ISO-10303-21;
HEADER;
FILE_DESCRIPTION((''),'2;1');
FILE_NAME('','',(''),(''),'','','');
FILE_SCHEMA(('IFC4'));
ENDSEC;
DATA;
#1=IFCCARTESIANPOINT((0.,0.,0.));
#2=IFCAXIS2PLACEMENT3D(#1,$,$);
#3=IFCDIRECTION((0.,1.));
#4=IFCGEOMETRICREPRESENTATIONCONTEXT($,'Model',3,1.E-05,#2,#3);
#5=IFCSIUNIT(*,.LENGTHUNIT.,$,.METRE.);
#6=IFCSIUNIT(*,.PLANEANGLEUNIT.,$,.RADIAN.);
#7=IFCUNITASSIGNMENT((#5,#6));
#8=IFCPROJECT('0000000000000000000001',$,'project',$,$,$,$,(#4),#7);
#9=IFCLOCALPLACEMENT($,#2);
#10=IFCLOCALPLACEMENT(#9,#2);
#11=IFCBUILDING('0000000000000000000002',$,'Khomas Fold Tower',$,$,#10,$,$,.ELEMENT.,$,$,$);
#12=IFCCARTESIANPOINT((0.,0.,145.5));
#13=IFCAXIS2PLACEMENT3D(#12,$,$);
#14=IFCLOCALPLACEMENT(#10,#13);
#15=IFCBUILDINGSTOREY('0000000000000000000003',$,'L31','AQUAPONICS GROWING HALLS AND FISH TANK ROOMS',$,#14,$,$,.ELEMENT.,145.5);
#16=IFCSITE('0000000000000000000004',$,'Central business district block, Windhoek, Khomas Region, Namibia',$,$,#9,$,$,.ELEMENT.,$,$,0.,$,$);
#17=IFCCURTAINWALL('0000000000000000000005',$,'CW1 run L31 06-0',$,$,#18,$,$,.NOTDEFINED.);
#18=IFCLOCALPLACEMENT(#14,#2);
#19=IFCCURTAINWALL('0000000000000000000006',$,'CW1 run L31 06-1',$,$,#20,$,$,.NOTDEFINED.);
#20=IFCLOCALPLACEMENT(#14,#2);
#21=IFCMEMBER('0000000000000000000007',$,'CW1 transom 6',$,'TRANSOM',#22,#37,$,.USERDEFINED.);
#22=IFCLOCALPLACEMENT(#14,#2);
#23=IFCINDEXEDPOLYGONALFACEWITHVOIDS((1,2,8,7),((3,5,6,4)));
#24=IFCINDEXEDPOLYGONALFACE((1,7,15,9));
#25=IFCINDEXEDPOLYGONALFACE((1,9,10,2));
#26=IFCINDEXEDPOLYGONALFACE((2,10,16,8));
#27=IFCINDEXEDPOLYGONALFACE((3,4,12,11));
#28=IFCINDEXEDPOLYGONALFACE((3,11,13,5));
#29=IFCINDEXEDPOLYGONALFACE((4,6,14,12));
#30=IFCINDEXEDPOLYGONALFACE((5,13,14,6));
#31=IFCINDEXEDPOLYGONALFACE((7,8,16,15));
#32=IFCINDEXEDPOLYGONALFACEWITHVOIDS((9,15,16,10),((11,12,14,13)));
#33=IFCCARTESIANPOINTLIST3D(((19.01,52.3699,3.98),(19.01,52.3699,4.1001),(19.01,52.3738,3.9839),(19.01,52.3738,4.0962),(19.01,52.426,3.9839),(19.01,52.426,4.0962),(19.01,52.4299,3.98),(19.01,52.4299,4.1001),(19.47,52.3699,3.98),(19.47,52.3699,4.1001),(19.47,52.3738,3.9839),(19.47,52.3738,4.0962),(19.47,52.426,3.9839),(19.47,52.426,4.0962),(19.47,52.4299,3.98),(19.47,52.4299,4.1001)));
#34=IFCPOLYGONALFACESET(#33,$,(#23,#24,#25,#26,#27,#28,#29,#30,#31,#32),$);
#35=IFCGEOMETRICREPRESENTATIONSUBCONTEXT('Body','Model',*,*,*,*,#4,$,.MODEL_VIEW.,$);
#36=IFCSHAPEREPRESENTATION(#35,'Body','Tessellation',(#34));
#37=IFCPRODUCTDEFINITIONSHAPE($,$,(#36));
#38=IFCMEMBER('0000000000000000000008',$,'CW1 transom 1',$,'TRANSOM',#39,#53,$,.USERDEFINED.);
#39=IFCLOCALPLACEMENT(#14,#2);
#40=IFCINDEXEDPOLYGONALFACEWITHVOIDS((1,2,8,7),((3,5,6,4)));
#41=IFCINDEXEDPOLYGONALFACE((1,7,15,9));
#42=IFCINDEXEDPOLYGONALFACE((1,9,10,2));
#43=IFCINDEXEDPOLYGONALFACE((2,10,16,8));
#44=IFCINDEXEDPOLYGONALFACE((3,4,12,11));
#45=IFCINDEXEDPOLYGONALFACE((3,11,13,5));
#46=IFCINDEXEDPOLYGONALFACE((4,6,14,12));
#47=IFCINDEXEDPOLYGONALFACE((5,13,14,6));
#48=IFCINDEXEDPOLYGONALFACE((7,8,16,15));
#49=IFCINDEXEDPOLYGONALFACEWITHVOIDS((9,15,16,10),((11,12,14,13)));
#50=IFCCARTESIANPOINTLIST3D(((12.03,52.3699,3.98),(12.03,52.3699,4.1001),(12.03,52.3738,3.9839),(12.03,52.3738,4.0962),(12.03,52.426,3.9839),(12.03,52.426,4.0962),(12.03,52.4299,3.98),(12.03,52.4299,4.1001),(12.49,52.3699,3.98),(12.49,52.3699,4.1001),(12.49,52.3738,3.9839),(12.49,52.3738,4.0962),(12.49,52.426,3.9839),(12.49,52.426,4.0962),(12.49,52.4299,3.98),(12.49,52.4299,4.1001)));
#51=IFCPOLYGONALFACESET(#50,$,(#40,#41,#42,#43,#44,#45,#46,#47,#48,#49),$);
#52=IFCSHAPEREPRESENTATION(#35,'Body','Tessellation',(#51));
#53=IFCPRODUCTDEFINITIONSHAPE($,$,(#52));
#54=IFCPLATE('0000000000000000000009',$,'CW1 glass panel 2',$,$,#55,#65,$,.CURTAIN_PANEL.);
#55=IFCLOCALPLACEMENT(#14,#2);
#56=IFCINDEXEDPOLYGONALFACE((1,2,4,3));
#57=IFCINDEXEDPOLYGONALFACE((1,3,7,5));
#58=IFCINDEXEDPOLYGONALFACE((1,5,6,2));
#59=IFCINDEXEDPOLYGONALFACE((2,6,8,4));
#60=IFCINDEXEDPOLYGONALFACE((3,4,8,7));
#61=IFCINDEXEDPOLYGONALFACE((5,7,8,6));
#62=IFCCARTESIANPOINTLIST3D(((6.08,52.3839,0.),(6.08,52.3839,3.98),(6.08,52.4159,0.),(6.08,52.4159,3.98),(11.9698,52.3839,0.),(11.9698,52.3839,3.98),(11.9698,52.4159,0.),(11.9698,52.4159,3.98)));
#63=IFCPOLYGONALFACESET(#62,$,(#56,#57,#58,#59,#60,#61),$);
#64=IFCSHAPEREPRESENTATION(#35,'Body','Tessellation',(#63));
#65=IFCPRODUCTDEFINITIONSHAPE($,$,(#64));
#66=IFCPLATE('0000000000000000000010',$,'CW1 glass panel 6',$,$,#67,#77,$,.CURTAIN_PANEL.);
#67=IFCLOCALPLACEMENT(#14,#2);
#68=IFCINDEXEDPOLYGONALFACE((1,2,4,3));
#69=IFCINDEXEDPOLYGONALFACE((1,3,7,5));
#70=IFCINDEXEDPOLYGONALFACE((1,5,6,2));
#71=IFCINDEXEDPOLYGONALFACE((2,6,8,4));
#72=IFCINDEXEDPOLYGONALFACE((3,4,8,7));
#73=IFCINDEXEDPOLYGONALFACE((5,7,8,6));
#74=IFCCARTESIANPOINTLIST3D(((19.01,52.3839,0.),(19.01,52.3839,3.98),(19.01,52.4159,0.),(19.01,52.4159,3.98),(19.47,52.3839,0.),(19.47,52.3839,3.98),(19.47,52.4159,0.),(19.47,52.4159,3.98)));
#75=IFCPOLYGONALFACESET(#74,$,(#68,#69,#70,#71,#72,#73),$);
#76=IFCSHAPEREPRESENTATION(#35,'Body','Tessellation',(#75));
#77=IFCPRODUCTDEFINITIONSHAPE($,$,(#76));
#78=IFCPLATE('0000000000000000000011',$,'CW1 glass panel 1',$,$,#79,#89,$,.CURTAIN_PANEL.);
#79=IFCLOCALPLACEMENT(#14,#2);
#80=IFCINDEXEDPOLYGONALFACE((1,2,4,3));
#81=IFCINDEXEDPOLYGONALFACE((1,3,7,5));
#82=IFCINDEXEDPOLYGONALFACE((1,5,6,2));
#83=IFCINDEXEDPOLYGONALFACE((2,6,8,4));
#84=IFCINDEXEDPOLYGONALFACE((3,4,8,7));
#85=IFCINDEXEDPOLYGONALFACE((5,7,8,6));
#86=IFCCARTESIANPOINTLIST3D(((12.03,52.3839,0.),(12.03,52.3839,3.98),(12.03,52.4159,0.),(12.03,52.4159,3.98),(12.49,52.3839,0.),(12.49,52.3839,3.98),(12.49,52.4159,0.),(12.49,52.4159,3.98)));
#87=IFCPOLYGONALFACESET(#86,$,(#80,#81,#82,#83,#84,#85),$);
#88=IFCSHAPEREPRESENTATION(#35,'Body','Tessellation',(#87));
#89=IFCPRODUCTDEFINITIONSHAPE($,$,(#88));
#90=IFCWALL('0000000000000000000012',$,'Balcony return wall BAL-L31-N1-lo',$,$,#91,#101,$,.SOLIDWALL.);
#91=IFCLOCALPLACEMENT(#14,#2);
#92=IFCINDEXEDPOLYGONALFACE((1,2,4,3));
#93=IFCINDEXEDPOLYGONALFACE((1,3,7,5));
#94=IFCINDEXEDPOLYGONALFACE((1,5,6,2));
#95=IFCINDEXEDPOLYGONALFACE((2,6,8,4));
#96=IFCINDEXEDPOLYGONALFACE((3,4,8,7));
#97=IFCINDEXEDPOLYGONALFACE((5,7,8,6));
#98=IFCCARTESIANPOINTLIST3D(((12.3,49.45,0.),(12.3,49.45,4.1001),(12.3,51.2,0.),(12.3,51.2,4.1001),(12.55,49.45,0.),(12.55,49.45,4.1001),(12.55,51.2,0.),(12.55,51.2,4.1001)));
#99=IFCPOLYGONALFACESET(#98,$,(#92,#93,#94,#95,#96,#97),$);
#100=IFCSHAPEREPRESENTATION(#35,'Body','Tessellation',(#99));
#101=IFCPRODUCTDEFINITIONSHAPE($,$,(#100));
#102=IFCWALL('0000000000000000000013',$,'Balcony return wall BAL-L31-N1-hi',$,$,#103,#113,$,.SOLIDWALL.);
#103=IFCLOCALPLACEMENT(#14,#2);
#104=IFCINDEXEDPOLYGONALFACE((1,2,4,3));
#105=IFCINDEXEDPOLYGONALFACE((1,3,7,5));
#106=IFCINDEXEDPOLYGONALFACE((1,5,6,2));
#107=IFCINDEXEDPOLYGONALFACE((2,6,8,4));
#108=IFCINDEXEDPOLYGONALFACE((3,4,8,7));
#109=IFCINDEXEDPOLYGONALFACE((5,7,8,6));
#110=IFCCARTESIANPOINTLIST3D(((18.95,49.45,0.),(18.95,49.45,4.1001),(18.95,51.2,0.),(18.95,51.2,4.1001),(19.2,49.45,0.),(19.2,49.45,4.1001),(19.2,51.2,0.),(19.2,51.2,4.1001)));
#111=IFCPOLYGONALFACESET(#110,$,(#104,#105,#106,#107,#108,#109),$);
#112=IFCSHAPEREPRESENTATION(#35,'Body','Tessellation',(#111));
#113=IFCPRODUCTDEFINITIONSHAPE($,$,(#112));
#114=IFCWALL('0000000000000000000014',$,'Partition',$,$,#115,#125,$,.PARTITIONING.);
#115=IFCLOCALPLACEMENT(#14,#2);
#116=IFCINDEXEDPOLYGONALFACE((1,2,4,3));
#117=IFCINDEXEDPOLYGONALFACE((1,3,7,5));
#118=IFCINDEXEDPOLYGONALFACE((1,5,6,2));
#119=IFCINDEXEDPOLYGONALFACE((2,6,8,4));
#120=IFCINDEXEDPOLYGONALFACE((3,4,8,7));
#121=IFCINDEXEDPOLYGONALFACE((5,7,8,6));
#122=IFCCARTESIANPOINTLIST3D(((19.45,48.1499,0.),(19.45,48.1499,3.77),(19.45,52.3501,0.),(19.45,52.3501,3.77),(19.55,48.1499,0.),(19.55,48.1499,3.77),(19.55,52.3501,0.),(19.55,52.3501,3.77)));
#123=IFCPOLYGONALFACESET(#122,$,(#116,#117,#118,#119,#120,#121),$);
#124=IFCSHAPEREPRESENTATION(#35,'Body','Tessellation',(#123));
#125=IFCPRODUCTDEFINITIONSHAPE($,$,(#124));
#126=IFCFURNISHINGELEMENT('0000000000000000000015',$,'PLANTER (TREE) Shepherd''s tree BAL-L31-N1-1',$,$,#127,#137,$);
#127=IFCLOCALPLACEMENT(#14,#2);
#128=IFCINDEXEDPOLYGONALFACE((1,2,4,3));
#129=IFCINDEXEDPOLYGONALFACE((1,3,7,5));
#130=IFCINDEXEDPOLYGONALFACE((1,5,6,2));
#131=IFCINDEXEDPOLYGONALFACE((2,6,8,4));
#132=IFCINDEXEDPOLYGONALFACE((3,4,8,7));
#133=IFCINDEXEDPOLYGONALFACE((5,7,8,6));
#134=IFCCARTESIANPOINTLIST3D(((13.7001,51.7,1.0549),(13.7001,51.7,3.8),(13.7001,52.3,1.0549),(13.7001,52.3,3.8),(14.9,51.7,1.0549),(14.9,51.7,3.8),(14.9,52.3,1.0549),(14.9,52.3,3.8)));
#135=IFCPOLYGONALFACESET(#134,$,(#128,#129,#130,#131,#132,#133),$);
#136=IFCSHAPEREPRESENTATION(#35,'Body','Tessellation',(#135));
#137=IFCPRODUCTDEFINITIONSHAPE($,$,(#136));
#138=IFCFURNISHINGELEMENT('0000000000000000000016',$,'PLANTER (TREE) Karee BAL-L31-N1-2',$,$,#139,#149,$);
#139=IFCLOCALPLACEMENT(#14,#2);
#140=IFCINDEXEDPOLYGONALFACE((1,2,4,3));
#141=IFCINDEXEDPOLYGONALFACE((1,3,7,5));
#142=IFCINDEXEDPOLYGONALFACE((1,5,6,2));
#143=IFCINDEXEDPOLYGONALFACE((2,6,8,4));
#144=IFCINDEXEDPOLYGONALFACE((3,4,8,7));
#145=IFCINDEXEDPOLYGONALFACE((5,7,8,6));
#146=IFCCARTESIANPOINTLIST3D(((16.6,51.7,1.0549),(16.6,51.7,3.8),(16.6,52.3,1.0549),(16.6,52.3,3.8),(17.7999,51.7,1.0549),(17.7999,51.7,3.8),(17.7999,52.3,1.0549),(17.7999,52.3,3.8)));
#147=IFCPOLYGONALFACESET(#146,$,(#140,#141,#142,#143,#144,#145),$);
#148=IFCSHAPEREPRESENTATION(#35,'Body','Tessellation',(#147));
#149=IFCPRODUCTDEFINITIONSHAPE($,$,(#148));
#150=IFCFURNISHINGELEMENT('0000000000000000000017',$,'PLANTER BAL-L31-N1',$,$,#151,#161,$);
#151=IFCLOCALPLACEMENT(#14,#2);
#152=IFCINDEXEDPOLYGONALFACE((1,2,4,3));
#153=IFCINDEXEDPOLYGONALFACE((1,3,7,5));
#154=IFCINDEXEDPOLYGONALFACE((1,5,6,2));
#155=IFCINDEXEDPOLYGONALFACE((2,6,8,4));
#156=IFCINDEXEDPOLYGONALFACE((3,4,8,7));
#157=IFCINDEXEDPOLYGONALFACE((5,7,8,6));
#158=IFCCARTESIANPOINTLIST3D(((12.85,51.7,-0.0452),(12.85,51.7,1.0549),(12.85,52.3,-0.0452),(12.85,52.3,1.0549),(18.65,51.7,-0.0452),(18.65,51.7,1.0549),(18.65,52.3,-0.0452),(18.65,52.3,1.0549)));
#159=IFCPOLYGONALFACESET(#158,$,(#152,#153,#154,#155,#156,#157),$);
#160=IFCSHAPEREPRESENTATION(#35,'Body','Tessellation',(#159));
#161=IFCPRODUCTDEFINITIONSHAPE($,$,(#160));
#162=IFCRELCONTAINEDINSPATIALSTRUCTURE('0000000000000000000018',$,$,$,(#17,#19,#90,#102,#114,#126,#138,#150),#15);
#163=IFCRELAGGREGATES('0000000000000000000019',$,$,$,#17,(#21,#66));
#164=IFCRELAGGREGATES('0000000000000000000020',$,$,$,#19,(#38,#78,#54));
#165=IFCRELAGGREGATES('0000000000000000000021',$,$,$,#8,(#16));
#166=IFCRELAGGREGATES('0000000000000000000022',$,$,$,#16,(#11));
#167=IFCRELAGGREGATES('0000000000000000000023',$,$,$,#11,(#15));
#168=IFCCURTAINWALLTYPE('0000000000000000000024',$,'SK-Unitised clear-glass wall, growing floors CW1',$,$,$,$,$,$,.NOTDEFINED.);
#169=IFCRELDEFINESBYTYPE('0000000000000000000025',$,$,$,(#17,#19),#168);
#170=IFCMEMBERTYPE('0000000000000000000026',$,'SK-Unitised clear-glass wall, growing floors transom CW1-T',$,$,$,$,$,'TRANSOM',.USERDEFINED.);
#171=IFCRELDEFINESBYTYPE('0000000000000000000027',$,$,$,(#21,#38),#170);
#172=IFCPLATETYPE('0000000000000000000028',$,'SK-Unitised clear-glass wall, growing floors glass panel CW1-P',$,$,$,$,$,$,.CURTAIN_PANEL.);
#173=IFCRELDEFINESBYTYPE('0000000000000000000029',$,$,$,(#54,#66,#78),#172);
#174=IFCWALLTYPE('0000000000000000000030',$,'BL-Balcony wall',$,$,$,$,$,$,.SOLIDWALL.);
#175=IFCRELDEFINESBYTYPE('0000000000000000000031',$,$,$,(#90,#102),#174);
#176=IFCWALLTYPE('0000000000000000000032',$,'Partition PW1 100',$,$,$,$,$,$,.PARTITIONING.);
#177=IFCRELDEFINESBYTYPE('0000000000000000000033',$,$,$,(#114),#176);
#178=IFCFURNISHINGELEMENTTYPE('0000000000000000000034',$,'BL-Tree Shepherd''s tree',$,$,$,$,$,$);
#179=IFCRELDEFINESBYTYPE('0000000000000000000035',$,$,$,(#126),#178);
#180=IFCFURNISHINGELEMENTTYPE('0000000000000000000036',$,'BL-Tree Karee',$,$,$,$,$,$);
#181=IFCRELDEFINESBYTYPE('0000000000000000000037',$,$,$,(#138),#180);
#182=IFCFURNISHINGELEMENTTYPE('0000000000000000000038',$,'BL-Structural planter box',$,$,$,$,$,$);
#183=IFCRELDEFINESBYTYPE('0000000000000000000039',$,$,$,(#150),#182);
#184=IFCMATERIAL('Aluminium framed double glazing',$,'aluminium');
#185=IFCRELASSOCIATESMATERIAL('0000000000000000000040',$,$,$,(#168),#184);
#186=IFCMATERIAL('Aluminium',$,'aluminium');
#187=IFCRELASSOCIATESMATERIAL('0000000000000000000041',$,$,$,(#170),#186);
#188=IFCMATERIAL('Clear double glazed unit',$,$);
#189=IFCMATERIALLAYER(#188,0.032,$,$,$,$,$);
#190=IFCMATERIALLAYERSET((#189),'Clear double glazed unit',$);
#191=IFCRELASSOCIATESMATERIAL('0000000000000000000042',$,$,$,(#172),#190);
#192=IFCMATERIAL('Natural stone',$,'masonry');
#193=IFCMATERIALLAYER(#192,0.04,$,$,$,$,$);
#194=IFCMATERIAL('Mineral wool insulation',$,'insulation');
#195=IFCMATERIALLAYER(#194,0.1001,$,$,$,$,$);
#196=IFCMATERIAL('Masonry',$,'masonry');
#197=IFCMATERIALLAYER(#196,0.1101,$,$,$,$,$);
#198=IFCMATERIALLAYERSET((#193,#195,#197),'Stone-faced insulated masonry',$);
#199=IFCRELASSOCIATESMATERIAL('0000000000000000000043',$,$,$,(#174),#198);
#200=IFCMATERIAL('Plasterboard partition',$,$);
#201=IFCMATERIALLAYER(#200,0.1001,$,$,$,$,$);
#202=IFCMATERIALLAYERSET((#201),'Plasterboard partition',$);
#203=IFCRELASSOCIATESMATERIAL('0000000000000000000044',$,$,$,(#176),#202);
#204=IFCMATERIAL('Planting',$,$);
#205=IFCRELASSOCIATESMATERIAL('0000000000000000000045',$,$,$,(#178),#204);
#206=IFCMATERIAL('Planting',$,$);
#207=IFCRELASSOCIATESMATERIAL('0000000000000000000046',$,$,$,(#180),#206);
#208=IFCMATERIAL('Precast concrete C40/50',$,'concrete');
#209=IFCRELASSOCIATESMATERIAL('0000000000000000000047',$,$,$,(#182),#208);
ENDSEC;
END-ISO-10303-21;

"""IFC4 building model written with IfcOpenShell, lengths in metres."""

from ifc_helpers import new_model, si_unit, direction, frame, frame_2d, origin, origin_2d, place, context, subcontext, project, spatial, rectangle, hollow_rectangle, extrude, source, transform, mapped, material, layer, layer_set, material_profile, profile_set, type_object, element, aggregate, save


model = new_model("IFC4")

# Units and contexts
model_context = context("Model", 3, precision=1e-05, world=origin(), true_north=direction((0.0, 1.0)))
body_context = subcontext(model_context, "Body", "Model", "MODEL_VIEW")
ifc_project = project(units=[si_unit("LENGTHUNIT", "METRE"), si_unit("PLANEANGLEUNIT", "RADIAN")], contexts=[model_context])

# Site, building, storey
site_placement = place(None, origin())
site = spatial("IfcSite", under=ifc_project, at=site_placement, Name="Central business district block, Windhoek, Khomas Region, Namibia", CompositionType="ELEMENT", RefElevation=0.0)
building_placement = place(site_placement, origin())
building = spatial("IfcBuilding", under=site, at=building_placement, Name="Khomas Fold Tower", CompositionType="ELEMENT")
storey_placement = place(building_placement, frame((0.0, 0.0, 145.5)))
storey = spatial("IfcBuildingStorey", under=building, at=storey_placement, Name="L31", Description="AQUAPONICS GROWING HALLS AND FISH TANK ROOMS", CompositionType="ELEMENT", Elevation=145.5)

# Curtain walls
ifc_material_1 = material(Name="Aluminium framed double glazing", Category="aluminium")
curtain_wall_type = type_object("IfcCurtainWallType", Name="SK-Unitised clear-glass wall, growing floors CW1", PredefinedType="NOTDEFINED", material=ifc_material_1)
curtain_wall_1_placement = place(storey_placement, origin())
curtain_wall_1 = element("IfcCurtainWall", 1, at=curtain_wall_1_placement, inside=storey, type_object=curtain_wall_type, Name="CW1 run L31 06-0", PredefinedType="NOTDEFINED")
curtain_wall_2_placement = place(storey_placement, origin())
curtain_wall_2 = element("IfcCurtainWall", 2, at=curtain_wall_2_placement, inside=storey, type_object=curtain_wall_type, Name="CW1 run L31 06-1", PredefinedType="NOTDEFINED")
ifc_material_2 = material(Name="Aluminium", Category="aluminium")
ifc_material_profile_1 = material_profile(ifc_material_2, hollow_rectangle(XDim=0.0601, YDim=0.1201, WallThickness=0.0039, at=origin_2d()), Name="SK-Unitised clear-glass wall, growing floors transom CW1-T")
ifc_profile_set_1 = profile_set([ifc_material_profile_1], Name="Aluminium")
member_type_1 = type_object("IfcMemberType", Name="SK-Unitised clear-glass wall, growing floors transom CW1-T", ElementType="TRANSOM", PredefinedType="USERDEFINED", material=ifc_profile_set_1)

# Members
shared_shape_1 = source(origin(), body_context, "Body", "SweptSolid", [
    extrude(hollow_rectangle(XDim=0.0601, YDim=0.1201, WallThickness=0.0039, at=origin_2d()), origin(), (0.0, 0.0, 1.0), 0.46),
])
member_1_placement = place(storey_placement, frame((19.47, 52.3999, 4.04), z_axis=(-1.0, 0.0, 0.0), x_axis=(0.0, -1.0, 0.0)))
member_1 = element("IfcMember", 3, at=member_1_placement, type_object=member_type_1, Name="CW1 transom 6", ObjectType="TRANSOM", PredefinedType="USERDEFINED", context=body_context, shape_type="MappedRepresentation", body=[
    mapped(shared_shape_1, transform((0.0, 0.0, 0.0))),
])
member_2_placement = place(storey_placement, frame((12.49, 52.3999, 4.04), z_axis=(-1.0, 0.0, 0.0), x_axis=(0.0, -1.0, 0.0)))
member_2 = element("IfcMember", 4, at=member_2_placement, type_object=member_type_1, Name="CW1 transom 1", ObjectType="TRANSOM", PredefinedType="USERDEFINED", context=body_context, shape_type="MappedRepresentation", body=[
    mapped(shared_shape_1, transform((0.0, 0.0, 0.0))),
])

# Plates
ifc_material_3 = material(Name="Clear double glazed unit")
ifc_layer_1 = layer(ifc_material_3, 0.032)
ifc_layer_set_1 = layer_set([ifc_layer_1], Name="Clear double glazed unit")
plate_type = type_object("IfcPlateType", Name="SK-Unitised clear-glass wall, growing floors glass panel CW1-P", PredefinedType="CURTAIN_PANEL", material=ifc_layer_set_1)
shared_shape_2 = source(origin(), body_context, "Body", "SweptSolid", [
    extrude(rectangle(XDim=5.8899, YDim=0.032, at=origin_2d()), origin(), (0.0, 0.0, 1.0), 3.98),
])
plate_1_placement = place(storey_placement, frame((9.0249, 52.3999, 0.0), z_axis=(0.0, 0.0, 1.0), x_axis=(-1.0, 0.0, 0.0)))
plate_1 = element("IfcPlate", 5, at=plate_1_placement, type_object=plate_type, Name="CW1 glass panel 2", PredefinedType="CURTAIN_PANEL", context=body_context, shape_type="MappedRepresentation", body=[
    mapped(shared_shape_2, transform((0.0, 0.0, 0.0))),
])
shared_shape_3 = source(origin(), body_context, "Body", "SweptSolid", [
    extrude(rectangle(XDim=0.46, YDim=0.032, at=origin_2d()), origin(), (0.0, 0.0, 1.0), 3.98),
])
plate_2_placement = place(storey_placement, frame((19.24, 52.3999, 0.0), z_axis=(0.0, 0.0, 1.0), x_axis=(-1.0, 0.0, 0.0)))
plate_2 = element("IfcPlate", 6, at=plate_2_placement, type_object=plate_type, Name="CW1 glass panel 6", PredefinedType="CURTAIN_PANEL", context=body_context, shape_type="MappedRepresentation", body=[
    mapped(shared_shape_3, transform((0.0, 0.0, 0.0))),
])
aggregate(curtain_wall_1, [member_1, plate_2])
plate_3_placement = place(storey_placement, frame((12.26, 52.3999, 0.0), z_axis=(0.0, 0.0, 1.0), x_axis=(-1.0, 0.0, 0.0)))
plate_3 = element("IfcPlate", 7, at=plate_3_placement, type_object=plate_type, Name="CW1 glass panel 1", PredefinedType="CURTAIN_PANEL", context=body_context, shape_type="MappedRepresentation", body=[
    mapped(shared_shape_3, transform((0.0, 0.0, 0.0))),
])
aggregate(curtain_wall_2, [member_2, plate_3, plate_1])

# Shared definitions
ifc_material_4 = material(Name="Natural stone", Category="masonry")
ifc_layer_2 = layer(ifc_material_4, 0.04)
ifc_material_5 = material(Name="Mineral wool insulation", Category="insulation")
ifc_layer_3 = layer(ifc_material_5, 0.1001)
ifc_material_6 = material(Name="Masonry", Category="masonry")
ifc_layer_4 = layer(ifc_material_6, 0.1101)
ifc_layer_set_2 = layer_set([ifc_layer_2, ifc_layer_3, ifc_layer_4], Name="Stone-faced insulated masonry")
wall_type_1 = type_object("IfcWallType", Name="BL-Balcony wall", PredefinedType="SOLIDWALL", material=ifc_layer_set_2)

# Walls
shared_shape_4 = source(origin(), body_context, "Body", "SweptSolid", [
    extrude(rectangle(XDim=1.75, YDim=0.25, at=frame_2d((0.875, 0.0))), origin(), (0.0, 0.0, 1.0), 4.1001),
])
for number, where, z_axis, x_axis, name in (
    (8, (12.425, 51.2, 0.0), (0.0, 0.0, 1.0), (0.0, -1.0, 0.0), "Balcony return wall BAL-L31-N1-lo"),
    (9, (19.075, 51.2, 0.0), (0.0, 0.0, 1.0), (0.0, -1.0, 0.0), "Balcony return wall BAL-L31-N1-hi"),
):
    element("IfcWall", number, at=place(storey_placement, frame(where, z_axis=z_axis, x_axis=x_axis)), inside=storey, type_object=wall_type_1, Name=name, PredefinedType="SOLIDWALL", context=body_context, shape_type="MappedRepresentation", body=[
        mapped(shared_shape_4, transform((0.0, 0.0, 0.0))),
    ])
ifc_material_7 = material(Name="Plasterboard partition")
ifc_layer_5 = layer(ifc_material_7, 0.1001)
ifc_layer_set_3 = layer_set([ifc_layer_5], Name="Plasterboard partition")
wall_type_2 = type_object("IfcWallType", Name="Partition PW1 100", PredefinedType="PARTITIONING", material=ifc_layer_set_3)
shared_shape_5 = source(origin(), body_context, "Body", "SweptSolid", [
    extrude(rectangle(XDim=4.2002, YDim=0.1001, at=frame_2d((2.1001, 0.0))), origin(), (0.0, 0.0, 1.0), 3.77),
])
wall_1_placement = place(storey_placement, frame((19.5, 48.1499, 0.0), z_axis=(0.0, 0.0, 1.0), x_axis=(0.0, 1.0, 0.0)))
element("IfcWall", 10, at=wall_1_placement, inside=storey, type_object=wall_type_2, Name="Partition", PredefinedType="PARTITIONING", context=body_context, shape_type="MappedRepresentation", body=[
    mapped(shared_shape_5, transform((0.0, 0.0, 0.0))),
])

# Furnishing elements
ifc_material_8 = material(Name="Planting")
furnishing_element_type_1 = type_object("IfcFurnishingElementType", Name="BL-Tree Shepherd's tree", material=ifc_material_8)
shared_shape_6 = source(origin(), body_context, "Body", "SweptSolid", [
    extrude(rectangle(XDim=1.2, YDim=0.6001, at=origin_2d()), origin(), (0.0, 0.0, 1.0), 2.7451),
])
furnishing_1_placement = place(storey_placement, frame((14.3, 52.0, 1.0549), z_axis=(0.0, 0.0, 1.0), x_axis=(1.0, 0.0, 0.0)))
element("IfcFurnishingElement", 11, at=furnishing_1_placement, inside=storey, type_object=furnishing_element_type_1, Name="PLANTER (TREE) Shepherd's tree BAL-L31-N1-1", context=body_context, shape_type="MappedRepresentation", body=[
    mapped(shared_shape_6, transform((0.0, 0.0, 0.0))),
])
ifc_material_9 = material(Name="Planting")
furnishing_element_type_2 = type_object("IfcFurnishingElementType", Name="BL-Tree Karee", material=ifc_material_9)
furnishing_2_placement = place(storey_placement, frame((17.2, 52.0, 1.0549), z_axis=(0.0, 0.0, 1.0), x_axis=(1.0, 0.0, 0.0)))
element("IfcFurnishingElement", 12, at=furnishing_2_placement, inside=storey, type_object=furnishing_element_type_2, Name="PLANTER (TREE) Karee BAL-L31-N1-2", context=body_context, shape_type="MappedRepresentation", body=[
    mapped(shared_shape_6, transform((0.0, 0.0, 0.0))),
])
ifc_material_10 = material(Name="Precast concrete C40/50", Category="concrete")
furnishing_element_type_3 = type_object("IfcFurnishingElementType", Name="BL-Structural planter box", material=ifc_material_10)
shared_shape_7 = source(origin(), body_context, "Body", "SweptSolid", [
    extrude(rectangle(XDim=5.8, YDim=0.6001, at=origin_2d()), origin(), (0.0, 0.0, 1.0), 1.1001),
])
furnishing_3_placement = place(storey_placement, frame((15.75, 52.0, -0.0452), z_axis=(0.0, 0.0, 1.0), x_axis=(1.0, 0.0, 0.0)))
element("IfcFurnishingElement", 13, at=furnishing_3_placement, inside=storey, type_object=furnishing_element_type_3, Name="PLANTER BAL-L31-N1", context=body_context, shape_type="MappedRepresentation", body=[
    mapped(shared_shape_7, transform((0.0, 0.0, 0.0))),
])

save(model, "model.ifc")
